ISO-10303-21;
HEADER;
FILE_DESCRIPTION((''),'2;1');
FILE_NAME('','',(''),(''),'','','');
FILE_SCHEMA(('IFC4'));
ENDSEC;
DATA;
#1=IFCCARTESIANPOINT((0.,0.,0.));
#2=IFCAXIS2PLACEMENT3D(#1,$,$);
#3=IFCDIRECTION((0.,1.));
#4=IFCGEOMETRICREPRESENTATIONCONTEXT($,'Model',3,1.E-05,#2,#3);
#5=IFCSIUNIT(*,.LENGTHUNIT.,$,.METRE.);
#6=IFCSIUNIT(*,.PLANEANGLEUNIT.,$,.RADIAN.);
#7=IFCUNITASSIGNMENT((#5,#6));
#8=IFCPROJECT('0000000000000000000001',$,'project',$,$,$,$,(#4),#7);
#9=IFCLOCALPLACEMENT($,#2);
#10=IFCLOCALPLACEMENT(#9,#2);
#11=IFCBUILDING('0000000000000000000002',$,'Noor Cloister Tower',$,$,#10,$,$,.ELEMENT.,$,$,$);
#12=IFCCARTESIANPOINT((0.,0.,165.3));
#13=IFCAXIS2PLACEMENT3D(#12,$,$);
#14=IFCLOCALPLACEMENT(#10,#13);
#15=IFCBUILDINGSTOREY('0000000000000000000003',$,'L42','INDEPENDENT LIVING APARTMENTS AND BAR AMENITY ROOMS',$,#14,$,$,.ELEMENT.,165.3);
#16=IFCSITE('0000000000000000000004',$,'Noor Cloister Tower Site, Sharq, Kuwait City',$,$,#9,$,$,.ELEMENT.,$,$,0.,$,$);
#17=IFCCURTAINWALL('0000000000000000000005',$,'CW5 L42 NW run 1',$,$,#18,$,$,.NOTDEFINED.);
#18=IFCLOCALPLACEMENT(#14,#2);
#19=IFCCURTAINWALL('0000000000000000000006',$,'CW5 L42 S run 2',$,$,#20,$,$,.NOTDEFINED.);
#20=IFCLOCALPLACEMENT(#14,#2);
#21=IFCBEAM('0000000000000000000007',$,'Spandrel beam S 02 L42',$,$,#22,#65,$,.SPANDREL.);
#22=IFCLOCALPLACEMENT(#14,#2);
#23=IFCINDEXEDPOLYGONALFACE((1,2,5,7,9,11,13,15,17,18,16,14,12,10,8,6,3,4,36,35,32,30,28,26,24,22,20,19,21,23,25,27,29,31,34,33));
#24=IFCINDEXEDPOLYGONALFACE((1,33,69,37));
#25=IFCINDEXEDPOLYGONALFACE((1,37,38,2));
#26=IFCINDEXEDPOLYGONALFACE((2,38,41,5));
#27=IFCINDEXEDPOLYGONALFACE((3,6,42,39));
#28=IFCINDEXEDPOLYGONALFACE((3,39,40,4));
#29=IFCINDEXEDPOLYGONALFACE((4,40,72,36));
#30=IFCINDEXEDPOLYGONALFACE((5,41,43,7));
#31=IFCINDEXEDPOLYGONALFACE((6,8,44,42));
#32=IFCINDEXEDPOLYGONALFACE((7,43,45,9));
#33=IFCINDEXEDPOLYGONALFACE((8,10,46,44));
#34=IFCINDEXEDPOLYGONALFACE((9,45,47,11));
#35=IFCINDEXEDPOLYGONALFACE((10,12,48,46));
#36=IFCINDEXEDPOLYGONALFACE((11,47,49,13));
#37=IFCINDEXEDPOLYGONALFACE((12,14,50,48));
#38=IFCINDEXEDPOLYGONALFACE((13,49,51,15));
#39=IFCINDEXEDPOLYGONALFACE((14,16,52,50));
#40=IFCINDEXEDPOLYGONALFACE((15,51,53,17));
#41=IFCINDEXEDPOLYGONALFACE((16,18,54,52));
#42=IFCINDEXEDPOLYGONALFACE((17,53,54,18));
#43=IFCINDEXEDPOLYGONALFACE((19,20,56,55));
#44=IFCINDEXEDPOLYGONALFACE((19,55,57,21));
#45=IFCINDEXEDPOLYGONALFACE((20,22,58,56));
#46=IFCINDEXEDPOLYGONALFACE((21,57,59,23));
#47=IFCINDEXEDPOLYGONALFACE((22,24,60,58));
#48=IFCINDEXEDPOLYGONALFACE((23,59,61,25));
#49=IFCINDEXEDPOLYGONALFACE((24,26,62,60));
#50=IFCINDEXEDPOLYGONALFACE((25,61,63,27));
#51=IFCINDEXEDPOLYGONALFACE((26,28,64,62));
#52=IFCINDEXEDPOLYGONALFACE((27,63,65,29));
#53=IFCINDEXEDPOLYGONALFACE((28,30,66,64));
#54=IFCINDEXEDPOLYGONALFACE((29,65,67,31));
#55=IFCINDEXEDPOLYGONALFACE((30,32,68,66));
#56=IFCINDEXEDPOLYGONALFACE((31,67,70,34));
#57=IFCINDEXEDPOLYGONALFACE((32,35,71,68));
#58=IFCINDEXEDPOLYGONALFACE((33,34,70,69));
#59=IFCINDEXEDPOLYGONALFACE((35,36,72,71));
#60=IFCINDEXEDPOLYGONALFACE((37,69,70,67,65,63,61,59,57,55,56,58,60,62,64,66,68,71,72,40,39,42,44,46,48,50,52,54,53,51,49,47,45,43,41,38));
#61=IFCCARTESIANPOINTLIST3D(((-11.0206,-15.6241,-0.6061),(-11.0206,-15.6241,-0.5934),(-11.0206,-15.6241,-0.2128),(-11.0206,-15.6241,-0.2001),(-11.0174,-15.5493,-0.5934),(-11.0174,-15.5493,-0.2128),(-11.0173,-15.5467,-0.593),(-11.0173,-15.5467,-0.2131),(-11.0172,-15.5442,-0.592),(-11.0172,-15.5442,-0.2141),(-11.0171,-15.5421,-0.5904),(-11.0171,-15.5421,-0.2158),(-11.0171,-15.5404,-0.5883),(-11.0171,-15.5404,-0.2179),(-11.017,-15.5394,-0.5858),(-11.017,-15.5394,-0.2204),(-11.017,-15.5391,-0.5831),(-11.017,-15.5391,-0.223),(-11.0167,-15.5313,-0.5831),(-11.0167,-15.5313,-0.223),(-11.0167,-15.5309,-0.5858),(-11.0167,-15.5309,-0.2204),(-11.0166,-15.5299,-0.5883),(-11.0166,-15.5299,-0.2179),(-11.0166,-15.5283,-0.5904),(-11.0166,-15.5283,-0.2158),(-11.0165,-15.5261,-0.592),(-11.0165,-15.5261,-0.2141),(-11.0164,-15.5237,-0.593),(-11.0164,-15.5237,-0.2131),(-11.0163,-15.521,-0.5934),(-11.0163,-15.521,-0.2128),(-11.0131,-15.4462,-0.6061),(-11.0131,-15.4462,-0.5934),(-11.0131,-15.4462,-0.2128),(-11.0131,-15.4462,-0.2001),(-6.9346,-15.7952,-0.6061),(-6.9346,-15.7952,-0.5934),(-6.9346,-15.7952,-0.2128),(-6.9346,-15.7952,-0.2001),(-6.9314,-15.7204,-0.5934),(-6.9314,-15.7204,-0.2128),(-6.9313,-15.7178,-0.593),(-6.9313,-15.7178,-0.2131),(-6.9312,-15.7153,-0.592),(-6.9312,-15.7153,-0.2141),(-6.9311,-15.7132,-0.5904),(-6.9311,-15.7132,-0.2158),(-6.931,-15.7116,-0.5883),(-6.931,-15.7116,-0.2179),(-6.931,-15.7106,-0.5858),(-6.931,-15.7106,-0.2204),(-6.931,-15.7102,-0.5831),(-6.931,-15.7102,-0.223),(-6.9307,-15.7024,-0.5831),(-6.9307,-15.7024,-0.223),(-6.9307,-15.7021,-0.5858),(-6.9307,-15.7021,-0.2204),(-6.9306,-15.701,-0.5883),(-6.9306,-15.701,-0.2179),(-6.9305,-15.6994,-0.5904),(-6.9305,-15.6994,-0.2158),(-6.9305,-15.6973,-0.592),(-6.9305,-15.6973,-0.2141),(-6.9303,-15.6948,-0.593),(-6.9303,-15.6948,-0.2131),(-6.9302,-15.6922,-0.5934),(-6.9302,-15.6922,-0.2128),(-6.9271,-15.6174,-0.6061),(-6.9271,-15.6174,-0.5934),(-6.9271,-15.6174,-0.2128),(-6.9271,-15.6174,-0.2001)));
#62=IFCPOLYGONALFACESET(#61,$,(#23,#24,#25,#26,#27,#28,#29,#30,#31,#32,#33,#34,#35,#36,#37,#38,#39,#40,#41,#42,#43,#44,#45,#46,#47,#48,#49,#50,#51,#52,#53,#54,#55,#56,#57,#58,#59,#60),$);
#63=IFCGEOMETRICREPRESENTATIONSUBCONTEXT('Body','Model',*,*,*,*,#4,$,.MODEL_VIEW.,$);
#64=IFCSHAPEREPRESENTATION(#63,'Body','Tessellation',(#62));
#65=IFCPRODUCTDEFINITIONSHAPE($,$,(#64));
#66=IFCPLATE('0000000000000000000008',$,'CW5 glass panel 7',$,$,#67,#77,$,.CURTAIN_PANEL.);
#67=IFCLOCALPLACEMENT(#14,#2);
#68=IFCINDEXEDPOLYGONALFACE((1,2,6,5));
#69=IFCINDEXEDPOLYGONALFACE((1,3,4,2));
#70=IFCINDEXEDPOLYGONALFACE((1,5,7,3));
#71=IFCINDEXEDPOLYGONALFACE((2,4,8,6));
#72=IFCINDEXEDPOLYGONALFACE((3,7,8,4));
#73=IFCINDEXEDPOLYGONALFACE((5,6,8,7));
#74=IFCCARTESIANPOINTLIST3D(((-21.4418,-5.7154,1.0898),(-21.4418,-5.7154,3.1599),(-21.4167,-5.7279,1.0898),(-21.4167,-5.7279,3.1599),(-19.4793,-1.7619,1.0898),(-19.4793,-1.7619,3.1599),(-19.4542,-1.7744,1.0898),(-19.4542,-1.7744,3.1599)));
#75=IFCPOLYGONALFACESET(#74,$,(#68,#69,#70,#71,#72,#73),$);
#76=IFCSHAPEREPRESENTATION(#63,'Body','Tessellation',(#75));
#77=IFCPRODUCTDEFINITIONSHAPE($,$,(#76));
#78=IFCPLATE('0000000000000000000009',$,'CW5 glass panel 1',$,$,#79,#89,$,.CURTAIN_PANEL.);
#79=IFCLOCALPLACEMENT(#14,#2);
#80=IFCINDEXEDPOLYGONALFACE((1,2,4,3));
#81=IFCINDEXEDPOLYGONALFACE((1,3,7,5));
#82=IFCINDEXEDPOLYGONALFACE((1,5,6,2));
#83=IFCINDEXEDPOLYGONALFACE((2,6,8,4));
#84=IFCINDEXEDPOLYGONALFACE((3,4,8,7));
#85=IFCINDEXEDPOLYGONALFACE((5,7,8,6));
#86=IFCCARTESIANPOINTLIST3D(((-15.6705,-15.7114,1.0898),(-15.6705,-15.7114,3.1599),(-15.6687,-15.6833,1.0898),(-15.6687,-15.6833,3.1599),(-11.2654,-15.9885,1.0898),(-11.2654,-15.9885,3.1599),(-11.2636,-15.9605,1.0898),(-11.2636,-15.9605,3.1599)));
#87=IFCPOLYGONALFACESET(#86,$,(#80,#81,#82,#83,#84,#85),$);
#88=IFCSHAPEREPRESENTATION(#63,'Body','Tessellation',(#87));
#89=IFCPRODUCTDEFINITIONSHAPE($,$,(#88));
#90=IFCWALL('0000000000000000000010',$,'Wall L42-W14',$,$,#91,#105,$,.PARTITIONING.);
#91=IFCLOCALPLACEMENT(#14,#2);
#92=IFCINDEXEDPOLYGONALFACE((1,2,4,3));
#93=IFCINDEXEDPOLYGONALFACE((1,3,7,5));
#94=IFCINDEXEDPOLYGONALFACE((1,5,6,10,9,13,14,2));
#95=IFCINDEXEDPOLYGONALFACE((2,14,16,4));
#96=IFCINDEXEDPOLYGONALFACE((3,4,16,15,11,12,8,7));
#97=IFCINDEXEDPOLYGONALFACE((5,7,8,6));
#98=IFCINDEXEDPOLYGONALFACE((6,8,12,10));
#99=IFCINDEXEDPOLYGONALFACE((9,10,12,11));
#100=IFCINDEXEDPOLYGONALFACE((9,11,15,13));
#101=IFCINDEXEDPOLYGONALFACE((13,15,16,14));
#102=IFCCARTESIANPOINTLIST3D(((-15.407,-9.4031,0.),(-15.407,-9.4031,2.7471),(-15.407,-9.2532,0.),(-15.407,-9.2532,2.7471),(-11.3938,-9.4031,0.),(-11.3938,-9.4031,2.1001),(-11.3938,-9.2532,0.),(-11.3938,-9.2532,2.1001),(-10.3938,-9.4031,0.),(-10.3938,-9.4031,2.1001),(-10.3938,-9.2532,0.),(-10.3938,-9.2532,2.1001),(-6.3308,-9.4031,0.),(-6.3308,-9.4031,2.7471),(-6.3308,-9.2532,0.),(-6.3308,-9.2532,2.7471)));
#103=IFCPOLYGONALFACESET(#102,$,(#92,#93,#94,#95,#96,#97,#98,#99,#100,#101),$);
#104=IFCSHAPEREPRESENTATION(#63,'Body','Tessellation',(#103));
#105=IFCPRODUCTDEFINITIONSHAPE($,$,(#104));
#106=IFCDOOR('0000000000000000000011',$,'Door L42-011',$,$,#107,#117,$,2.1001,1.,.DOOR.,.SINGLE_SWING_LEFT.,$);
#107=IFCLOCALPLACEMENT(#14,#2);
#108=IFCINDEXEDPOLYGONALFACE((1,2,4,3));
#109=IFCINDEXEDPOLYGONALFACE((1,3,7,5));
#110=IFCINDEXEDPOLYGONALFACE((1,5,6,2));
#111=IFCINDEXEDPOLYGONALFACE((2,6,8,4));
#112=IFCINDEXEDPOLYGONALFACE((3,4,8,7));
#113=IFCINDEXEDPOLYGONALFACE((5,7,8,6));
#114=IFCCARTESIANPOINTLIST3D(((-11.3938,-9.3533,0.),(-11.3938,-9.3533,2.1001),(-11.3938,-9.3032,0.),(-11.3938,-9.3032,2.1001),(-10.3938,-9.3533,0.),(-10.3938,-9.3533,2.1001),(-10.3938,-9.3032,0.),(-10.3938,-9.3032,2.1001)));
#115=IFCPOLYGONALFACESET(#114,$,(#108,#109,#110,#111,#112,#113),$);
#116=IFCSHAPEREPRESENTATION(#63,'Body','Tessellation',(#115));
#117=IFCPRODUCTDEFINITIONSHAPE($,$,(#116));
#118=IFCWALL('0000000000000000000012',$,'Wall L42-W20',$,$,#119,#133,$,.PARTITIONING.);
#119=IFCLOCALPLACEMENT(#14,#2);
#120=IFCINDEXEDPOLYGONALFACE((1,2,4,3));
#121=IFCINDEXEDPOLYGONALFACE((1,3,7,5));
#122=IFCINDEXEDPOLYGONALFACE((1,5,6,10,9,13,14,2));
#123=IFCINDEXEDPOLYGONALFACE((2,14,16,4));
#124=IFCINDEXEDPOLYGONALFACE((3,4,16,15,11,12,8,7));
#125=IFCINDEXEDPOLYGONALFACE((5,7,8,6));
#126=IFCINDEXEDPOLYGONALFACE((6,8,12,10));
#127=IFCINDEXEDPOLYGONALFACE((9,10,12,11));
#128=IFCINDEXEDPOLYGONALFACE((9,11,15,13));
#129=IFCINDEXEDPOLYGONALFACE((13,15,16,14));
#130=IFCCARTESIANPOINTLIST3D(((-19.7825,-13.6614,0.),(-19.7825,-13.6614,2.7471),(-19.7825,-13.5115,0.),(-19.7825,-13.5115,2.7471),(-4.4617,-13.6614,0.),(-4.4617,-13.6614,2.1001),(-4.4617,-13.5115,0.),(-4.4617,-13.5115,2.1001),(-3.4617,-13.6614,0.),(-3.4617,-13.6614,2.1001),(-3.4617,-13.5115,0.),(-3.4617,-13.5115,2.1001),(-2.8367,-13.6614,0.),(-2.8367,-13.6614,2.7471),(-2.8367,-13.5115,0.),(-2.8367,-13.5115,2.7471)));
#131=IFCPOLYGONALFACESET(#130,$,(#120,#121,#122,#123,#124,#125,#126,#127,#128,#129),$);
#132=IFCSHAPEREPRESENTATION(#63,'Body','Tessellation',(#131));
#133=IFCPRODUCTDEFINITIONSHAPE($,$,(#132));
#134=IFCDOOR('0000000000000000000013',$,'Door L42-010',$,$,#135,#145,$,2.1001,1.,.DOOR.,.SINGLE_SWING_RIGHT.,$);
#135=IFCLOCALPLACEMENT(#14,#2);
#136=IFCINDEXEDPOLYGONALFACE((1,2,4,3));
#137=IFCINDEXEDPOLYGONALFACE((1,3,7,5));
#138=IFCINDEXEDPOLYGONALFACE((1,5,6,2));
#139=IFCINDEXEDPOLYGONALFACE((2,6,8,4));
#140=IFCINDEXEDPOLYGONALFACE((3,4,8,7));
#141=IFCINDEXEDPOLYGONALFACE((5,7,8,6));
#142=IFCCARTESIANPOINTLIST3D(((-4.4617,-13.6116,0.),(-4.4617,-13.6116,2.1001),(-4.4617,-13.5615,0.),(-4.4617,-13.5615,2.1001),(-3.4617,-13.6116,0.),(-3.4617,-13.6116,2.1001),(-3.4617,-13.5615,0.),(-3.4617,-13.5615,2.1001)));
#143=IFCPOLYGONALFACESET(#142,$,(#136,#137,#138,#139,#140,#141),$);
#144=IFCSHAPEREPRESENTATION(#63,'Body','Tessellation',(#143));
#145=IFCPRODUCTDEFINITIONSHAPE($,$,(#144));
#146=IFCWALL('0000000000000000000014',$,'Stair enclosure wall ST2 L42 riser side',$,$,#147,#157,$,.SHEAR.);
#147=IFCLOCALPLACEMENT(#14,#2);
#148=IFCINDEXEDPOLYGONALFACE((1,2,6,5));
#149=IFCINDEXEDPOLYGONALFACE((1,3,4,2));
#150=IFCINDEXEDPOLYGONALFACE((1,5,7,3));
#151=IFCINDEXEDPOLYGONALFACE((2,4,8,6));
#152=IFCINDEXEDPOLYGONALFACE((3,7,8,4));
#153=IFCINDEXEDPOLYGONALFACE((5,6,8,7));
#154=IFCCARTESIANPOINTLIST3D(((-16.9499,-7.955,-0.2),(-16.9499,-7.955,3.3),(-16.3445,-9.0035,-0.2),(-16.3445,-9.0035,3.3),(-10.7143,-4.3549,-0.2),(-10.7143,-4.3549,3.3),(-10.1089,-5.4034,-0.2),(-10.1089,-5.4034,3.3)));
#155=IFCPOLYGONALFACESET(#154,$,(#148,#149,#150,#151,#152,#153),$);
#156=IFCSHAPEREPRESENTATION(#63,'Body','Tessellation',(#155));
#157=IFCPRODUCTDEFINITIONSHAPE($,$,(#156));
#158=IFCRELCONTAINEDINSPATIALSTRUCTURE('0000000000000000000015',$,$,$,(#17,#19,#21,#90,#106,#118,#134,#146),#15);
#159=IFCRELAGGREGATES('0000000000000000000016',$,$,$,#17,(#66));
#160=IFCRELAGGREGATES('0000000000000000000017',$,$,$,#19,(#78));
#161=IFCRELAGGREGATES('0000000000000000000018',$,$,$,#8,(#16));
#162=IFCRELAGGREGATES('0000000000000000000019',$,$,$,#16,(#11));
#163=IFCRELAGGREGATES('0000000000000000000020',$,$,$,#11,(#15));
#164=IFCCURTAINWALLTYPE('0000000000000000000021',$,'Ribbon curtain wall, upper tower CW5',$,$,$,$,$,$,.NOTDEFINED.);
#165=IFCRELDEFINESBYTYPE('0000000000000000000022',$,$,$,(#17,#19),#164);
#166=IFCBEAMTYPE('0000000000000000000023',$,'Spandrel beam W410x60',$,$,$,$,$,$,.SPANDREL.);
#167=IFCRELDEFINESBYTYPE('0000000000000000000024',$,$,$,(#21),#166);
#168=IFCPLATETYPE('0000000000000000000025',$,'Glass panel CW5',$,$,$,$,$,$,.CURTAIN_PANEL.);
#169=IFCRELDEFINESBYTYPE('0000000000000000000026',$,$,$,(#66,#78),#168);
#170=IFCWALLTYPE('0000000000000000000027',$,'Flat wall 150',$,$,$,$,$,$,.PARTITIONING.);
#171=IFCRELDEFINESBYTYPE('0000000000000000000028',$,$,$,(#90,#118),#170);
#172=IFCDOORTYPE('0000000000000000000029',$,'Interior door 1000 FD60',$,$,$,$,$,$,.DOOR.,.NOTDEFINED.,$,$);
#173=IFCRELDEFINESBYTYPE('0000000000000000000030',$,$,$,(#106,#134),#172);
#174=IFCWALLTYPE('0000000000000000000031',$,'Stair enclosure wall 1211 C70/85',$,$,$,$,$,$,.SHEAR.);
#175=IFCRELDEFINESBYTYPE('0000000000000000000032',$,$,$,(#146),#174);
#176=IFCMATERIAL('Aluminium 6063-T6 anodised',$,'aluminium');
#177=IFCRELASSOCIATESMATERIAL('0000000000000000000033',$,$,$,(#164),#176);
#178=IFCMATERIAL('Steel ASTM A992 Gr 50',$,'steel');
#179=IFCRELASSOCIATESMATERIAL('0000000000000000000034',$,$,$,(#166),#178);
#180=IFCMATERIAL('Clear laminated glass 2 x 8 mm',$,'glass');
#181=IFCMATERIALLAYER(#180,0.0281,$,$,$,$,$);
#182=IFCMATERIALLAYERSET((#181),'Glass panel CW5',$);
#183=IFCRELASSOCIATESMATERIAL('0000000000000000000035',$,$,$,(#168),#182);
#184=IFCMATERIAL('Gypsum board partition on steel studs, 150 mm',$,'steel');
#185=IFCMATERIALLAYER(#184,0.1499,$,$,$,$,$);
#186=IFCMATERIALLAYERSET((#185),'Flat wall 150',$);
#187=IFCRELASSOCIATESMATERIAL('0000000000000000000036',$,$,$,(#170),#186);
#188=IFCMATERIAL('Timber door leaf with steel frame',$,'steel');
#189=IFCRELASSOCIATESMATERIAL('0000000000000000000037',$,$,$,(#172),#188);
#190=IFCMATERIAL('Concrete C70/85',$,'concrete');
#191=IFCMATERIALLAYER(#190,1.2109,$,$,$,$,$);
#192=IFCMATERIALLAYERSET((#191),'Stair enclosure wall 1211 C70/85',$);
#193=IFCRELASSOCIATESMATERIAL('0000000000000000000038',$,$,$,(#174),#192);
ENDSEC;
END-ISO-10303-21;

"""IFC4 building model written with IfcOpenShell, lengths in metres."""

from ifc_helpers import new_model, si_unit, direction, frame, frame_2d, origin, origin_2d, place, context, subcontext, project, spatial, rectangle, i_section, extrude, material, layer, layer_set, material_profile, profile_set, type_object, element, fill, aggregate, save


model = new_model("IFC4")

# Units and contexts
model_context = context("Model", 3, precision=1e-05, world=origin(), true_north=direction((0.0, 1.0)))
body_context = subcontext(model_context, "Body", "Model", "MODEL_VIEW")
ifc_project = project(units=[si_unit("LENGTHUNIT", "METRE"), si_unit("PLANEANGLEUNIT", "RADIAN")], contexts=[model_context])

# Site, building, storey
site_placement = place(None, origin())
site = spatial("IfcSite", under=ifc_project, at=site_placement, Name="Noor Cloister Tower Site, Sharq, Kuwait City", CompositionType="ELEMENT", RefElevation=0.0)
building_placement = place(site_placement, origin())
building = spatial("IfcBuilding", under=site, at=building_placement, Name="Noor Cloister Tower", CompositionType="ELEMENT")
storey_placement = place(building_placement, frame((0.0, 0.0, 165.3)))
storey = spatial("IfcBuildingStorey", under=building, at=storey_placement, Name="L42", Description="INDEPENDENT LIVING APARTMENTS AND BAR AMENITY ROOMS", CompositionType="ELEMENT", Elevation=165.3)

# Curtain walls
ifc_material_1 = material(Name="Aluminium 6063-T6 anodised", Category="aluminium")
curtain_wall_type = type_object("IfcCurtainWallType", Name="Ribbon curtain wall, upper tower CW5", PredefinedType="NOTDEFINED", material=ifc_material_1)
curtain_wall_1_placement = place(storey_placement, origin())
curtain_wall_1 = element("IfcCurtainWall", 1, at=curtain_wall_1_placement, inside=storey, type_object=curtain_wall_type, Name="CW5 L42 NW run 1", PredefinedType="NOTDEFINED")
curtain_wall_2_placement = place(storey_placement, origin())
curtain_wall_2 = element("IfcCurtainWall", 2, at=curtain_wall_2_placement, inside=storey, type_object=curtain_wall_type, Name="CW5 L42 S run 2", PredefinedType="NOTDEFINED")

# Beam
ifc_material_2 = material(Name="Steel ASTM A992 Gr 50", Category="steel")
ifc_material_profile_1 = material_profile(ifc_material_2, i_section(OverallWidth=0.178, OverallDepth=0.406, WebThickness=0.0078, FlangeThickness=0.0127, FilletRadius=0.0103, at=origin_2d()), Name="W410x60")
ifc_profile_set_1 = profile_set([ifc_material_profile_1], Name="Steel ASTM A992 Gr 50")
beam_type_1 = type_object("IfcBeamType", Name="Spandrel beam W410x60", PredefinedType="SPANDREL", material=ifc_profile_set_1)
beam_1_placement = place(storey_placement, frame((-11.0168, -15.5352, -0.4031), z_axis=(0.999124, -0.041849, 0.0), x_axis=(0.041849, 0.999124, 0.0)))
element("IfcBeam", 3, at=beam_1_placement, inside=storey, type_object=beam_type_1, Name="Spandrel beam S 02 L42", PredefinedType="SPANDREL", context=body_context, shape_type="SweptSolid", body=[
    extrude(i_section(OverallWidth=0.178, OverallDepth=0.406, WebThickness=0.0078, FlangeThickness=0.0127, FilletRadius=0.0103, at=origin_2d()), origin(), (0.0, 0.0, 1.0), 4.0896),
])

# Plates
ifc_material_3 = material(Name="Clear laminated glass 2 x 8 mm", Category="glass")
ifc_layer_1 = layer(ifc_material_3, 0.0281)
ifc_layer_set_1 = layer_set([ifc_layer_1], Name="Glass panel CW5")
plate_type = type_object("IfcPlateType", Name="Glass panel CW5", PredefinedType="CURTAIN_PANEL", material=ifc_layer_set_1)
plate_1_placement = place(storey_placement, frame((-20.448, -3.7449, 1.0898), z_axis=(0.0, 0.0, 1.0), x_axis=(-0.444629, -0.895715, 0.0)))
plate_1 = element("IfcPlate", 4, at=plate_1_placement, type_object=plate_type, Name="CW5 glass panel 7", PredefinedType="CURTAIN_PANEL", context=body_context, shape_type="SweptSolid", body=[
    extrude(rectangle(XDim=4.4138, YDim=0.0281, at=origin_2d()), origin(), (0.0, 0.0, 1.0), 2.0701),
])
aggregate(curtain_wall_1, [plate_1])
plate_2_placement = place(storey_placement, frame((-13.467, -15.8359, 1.0898), z_axis=(0.0, 0.0, 1.0), x_axis=(0.998026, -0.062798, 0.0)))
plate_2 = element("IfcPlate", 5, at=plate_2_placement, type_object=plate_type, Name="CW5 glass panel 1", PredefinedType="CURTAIN_PANEL", context=body_context, shape_type="SweptSolid", body=[
    extrude(rectangle(XDim=4.4138, YDim=0.0281, at=origin_2d()), origin(), (0.0, 0.0, 1.0), 2.0701),
])
aggregate(curtain_wall_2, [plate_2])

# Walls, openings, doors
ifc_material_4 = material(Name="Gypsum board partition on steel studs, 150 mm", Category="steel")
ifc_layer_2 = layer(ifc_material_4, 0.1499)
ifc_layer_set_2 = layer_set([ifc_layer_2], Name="Flat wall 150")
wall_type_1 = type_object("IfcWallType", Name="Flat wall 150", PredefinedType="PARTITIONING", material=ifc_layer_set_2)
wall_1_placement = place(storey_placement, frame((-15.407, -9.3281, 0.0), z_axis=(0.0, 0.0, 1.0), x_axis=(1.0, 0.0, 0.0)))
wall_1 = element("IfcWall", 6, at=wall_1_placement, inside=storey, type_object=wall_type_1, Name="Wall L42-W14", PredefinedType="PARTITIONING", context=body_context, shape_type="SweptSolid", body=[
    extrude(rectangle(XDim=9.0762, YDim=0.1499, at=frame_2d((4.5381, 0.0))), origin(), (0.0, 0.0, 1.0), 2.7471),
])
opening_1_placement = place(wall_1_placement, frame((4.0132, 0.0, 0.0)))
opening_1 = element("IfcOpeningElement", 7, at=opening_1_placement, cuts=wall_1, PredefinedType="OPENING", context=body_context, shape_type="SweptSolid", body=[
    extrude(rectangle(XDim=1.0, YDim=2.1001, at=frame_2d((0.5, 1.05))), frame((0.0, 0.085, 0.0), z_axis=(0.0, -1.0, 0.0), x_axis=(1.0, 0.0, 0.0)), (0.0, 0.0, 1.0), 0.1699),
])
ifc_material_5 = material(Name="Timber door leaf with steel frame", Category="steel")
door_type_1 = type_object("IfcDoorType", Name="Interior door 1000 FD60", OperationType="NOTDEFINED", PredefinedType="DOOR", material=ifc_material_5)
door_1_placement = place(opening_1_placement, origin())
door_1 = element("IfcDoor", 8, at=door_1_placement, inside=storey, type_object=door_type_1, Name="Door L42-011", OperationType="SINGLE_SWING_LEFT", OverallHeight=2.1001, OverallWidth=1.0, PredefinedType="DOOR", context=body_context, shape_type="SweptSolid", body=[
    extrude(rectangle(XDim=1.0, YDim=2.1001, at=frame_2d((0.5, 1.05))), frame((0.0, 0.0249, 0.0), z_axis=(0.0, -1.0, 0.0), x_axis=(1.0, 0.0, 0.0)), (0.0, 0.0, 1.0), 0.05),
])
fill(opening_1, door_1)
wall_2_placement = place(storey_placement, frame((-19.7825, -13.5864, 0.0), z_axis=(0.0, 0.0, 1.0), x_axis=(1.0, 0.0, 0.0)))
wall_2 = element("IfcWall", 9, at=wall_2_placement, inside=storey, type_object=wall_type_1, Name="Wall L42-W20", PredefinedType="PARTITIONING", context=body_context, shape_type="SweptSolid", body=[
    extrude(rectangle(XDim=16.9458, YDim=0.1499, at=frame_2d((8.4729, 0.0))), origin(), (0.0, 0.0, 1.0), 2.7471),
])
opening_2_placement = place(wall_2_placement, frame((15.3208, 0.0, 0.0)))
opening_2 = element("IfcOpeningElement", 10, at=opening_2_placement, cuts=wall_2, PredefinedType="OPENING", context=body_context, shape_type="SweptSolid", body=[
    extrude(rectangle(XDim=1.0, YDim=2.1001, at=frame_2d((0.5, 1.05))), frame((0.0, 0.085, 0.0), z_axis=(0.0, -1.0, 0.0), x_axis=(1.0, 0.0, 0.0)), (0.0, 0.0, 1.0), 0.1699),
])
door_2_placement = place(opening_2_placement, origin())
door_2 = element("IfcDoor", 11, at=door_2_placement, inside=storey, type_object=door_type_1, Name="Door L42-010", OperationType="SINGLE_SWING_RIGHT", OverallHeight=2.1001, OverallWidth=1.0, PredefinedType="DOOR", context=body_context, shape_type="SweptSolid", body=[
    extrude(rectangle(XDim=1.0, YDim=2.1001, at=frame_2d((0.5, 1.05))), frame((0.0, 0.0249, 0.0), z_axis=(0.0, -1.0, 0.0), x_axis=(1.0, 0.0, 0.0)), (0.0, 0.0, 1.0), 0.05),
])
fill(opening_2, door_2)

# Wall
ifc_material_6 = material(Name="Concrete C70/85", Category="concrete")
ifc_layer_3 = layer(ifc_material_6, 1.2109)
ifc_layer_set_3 = layer_set([ifc_layer_3], Name="Stair enclosure wall 1211 C70/85")
wall_type_2 = type_object("IfcWallType", Name="Stair enclosure wall 1211 C70/85", PredefinedType="SHEAR", material=ifc_layer_set_3)
wall_3_placement = place(storey_placement, frame((-10.4116, -4.8792, -0.2), z_axis=(0.0, 0.0, 1.0), x_axis=(-0.866027, -0.499997, 0.0)))
element("IfcWall", 12, at=wall_3_placement, inside=storey, type_object=wall_type_2, Name="Stair enclosure wall ST2 L42 riser side", PredefinedType="SHEAR", context=body_context, shape_type="SweptSolid", body=[
    extrude(rectangle(XDim=7.2002, YDim=1.2107, at=frame_2d((3.6001, 0.0))), origin(), (0.0, 0.0, 1.0), 3.5),
])

save(model, "model.ifc")
